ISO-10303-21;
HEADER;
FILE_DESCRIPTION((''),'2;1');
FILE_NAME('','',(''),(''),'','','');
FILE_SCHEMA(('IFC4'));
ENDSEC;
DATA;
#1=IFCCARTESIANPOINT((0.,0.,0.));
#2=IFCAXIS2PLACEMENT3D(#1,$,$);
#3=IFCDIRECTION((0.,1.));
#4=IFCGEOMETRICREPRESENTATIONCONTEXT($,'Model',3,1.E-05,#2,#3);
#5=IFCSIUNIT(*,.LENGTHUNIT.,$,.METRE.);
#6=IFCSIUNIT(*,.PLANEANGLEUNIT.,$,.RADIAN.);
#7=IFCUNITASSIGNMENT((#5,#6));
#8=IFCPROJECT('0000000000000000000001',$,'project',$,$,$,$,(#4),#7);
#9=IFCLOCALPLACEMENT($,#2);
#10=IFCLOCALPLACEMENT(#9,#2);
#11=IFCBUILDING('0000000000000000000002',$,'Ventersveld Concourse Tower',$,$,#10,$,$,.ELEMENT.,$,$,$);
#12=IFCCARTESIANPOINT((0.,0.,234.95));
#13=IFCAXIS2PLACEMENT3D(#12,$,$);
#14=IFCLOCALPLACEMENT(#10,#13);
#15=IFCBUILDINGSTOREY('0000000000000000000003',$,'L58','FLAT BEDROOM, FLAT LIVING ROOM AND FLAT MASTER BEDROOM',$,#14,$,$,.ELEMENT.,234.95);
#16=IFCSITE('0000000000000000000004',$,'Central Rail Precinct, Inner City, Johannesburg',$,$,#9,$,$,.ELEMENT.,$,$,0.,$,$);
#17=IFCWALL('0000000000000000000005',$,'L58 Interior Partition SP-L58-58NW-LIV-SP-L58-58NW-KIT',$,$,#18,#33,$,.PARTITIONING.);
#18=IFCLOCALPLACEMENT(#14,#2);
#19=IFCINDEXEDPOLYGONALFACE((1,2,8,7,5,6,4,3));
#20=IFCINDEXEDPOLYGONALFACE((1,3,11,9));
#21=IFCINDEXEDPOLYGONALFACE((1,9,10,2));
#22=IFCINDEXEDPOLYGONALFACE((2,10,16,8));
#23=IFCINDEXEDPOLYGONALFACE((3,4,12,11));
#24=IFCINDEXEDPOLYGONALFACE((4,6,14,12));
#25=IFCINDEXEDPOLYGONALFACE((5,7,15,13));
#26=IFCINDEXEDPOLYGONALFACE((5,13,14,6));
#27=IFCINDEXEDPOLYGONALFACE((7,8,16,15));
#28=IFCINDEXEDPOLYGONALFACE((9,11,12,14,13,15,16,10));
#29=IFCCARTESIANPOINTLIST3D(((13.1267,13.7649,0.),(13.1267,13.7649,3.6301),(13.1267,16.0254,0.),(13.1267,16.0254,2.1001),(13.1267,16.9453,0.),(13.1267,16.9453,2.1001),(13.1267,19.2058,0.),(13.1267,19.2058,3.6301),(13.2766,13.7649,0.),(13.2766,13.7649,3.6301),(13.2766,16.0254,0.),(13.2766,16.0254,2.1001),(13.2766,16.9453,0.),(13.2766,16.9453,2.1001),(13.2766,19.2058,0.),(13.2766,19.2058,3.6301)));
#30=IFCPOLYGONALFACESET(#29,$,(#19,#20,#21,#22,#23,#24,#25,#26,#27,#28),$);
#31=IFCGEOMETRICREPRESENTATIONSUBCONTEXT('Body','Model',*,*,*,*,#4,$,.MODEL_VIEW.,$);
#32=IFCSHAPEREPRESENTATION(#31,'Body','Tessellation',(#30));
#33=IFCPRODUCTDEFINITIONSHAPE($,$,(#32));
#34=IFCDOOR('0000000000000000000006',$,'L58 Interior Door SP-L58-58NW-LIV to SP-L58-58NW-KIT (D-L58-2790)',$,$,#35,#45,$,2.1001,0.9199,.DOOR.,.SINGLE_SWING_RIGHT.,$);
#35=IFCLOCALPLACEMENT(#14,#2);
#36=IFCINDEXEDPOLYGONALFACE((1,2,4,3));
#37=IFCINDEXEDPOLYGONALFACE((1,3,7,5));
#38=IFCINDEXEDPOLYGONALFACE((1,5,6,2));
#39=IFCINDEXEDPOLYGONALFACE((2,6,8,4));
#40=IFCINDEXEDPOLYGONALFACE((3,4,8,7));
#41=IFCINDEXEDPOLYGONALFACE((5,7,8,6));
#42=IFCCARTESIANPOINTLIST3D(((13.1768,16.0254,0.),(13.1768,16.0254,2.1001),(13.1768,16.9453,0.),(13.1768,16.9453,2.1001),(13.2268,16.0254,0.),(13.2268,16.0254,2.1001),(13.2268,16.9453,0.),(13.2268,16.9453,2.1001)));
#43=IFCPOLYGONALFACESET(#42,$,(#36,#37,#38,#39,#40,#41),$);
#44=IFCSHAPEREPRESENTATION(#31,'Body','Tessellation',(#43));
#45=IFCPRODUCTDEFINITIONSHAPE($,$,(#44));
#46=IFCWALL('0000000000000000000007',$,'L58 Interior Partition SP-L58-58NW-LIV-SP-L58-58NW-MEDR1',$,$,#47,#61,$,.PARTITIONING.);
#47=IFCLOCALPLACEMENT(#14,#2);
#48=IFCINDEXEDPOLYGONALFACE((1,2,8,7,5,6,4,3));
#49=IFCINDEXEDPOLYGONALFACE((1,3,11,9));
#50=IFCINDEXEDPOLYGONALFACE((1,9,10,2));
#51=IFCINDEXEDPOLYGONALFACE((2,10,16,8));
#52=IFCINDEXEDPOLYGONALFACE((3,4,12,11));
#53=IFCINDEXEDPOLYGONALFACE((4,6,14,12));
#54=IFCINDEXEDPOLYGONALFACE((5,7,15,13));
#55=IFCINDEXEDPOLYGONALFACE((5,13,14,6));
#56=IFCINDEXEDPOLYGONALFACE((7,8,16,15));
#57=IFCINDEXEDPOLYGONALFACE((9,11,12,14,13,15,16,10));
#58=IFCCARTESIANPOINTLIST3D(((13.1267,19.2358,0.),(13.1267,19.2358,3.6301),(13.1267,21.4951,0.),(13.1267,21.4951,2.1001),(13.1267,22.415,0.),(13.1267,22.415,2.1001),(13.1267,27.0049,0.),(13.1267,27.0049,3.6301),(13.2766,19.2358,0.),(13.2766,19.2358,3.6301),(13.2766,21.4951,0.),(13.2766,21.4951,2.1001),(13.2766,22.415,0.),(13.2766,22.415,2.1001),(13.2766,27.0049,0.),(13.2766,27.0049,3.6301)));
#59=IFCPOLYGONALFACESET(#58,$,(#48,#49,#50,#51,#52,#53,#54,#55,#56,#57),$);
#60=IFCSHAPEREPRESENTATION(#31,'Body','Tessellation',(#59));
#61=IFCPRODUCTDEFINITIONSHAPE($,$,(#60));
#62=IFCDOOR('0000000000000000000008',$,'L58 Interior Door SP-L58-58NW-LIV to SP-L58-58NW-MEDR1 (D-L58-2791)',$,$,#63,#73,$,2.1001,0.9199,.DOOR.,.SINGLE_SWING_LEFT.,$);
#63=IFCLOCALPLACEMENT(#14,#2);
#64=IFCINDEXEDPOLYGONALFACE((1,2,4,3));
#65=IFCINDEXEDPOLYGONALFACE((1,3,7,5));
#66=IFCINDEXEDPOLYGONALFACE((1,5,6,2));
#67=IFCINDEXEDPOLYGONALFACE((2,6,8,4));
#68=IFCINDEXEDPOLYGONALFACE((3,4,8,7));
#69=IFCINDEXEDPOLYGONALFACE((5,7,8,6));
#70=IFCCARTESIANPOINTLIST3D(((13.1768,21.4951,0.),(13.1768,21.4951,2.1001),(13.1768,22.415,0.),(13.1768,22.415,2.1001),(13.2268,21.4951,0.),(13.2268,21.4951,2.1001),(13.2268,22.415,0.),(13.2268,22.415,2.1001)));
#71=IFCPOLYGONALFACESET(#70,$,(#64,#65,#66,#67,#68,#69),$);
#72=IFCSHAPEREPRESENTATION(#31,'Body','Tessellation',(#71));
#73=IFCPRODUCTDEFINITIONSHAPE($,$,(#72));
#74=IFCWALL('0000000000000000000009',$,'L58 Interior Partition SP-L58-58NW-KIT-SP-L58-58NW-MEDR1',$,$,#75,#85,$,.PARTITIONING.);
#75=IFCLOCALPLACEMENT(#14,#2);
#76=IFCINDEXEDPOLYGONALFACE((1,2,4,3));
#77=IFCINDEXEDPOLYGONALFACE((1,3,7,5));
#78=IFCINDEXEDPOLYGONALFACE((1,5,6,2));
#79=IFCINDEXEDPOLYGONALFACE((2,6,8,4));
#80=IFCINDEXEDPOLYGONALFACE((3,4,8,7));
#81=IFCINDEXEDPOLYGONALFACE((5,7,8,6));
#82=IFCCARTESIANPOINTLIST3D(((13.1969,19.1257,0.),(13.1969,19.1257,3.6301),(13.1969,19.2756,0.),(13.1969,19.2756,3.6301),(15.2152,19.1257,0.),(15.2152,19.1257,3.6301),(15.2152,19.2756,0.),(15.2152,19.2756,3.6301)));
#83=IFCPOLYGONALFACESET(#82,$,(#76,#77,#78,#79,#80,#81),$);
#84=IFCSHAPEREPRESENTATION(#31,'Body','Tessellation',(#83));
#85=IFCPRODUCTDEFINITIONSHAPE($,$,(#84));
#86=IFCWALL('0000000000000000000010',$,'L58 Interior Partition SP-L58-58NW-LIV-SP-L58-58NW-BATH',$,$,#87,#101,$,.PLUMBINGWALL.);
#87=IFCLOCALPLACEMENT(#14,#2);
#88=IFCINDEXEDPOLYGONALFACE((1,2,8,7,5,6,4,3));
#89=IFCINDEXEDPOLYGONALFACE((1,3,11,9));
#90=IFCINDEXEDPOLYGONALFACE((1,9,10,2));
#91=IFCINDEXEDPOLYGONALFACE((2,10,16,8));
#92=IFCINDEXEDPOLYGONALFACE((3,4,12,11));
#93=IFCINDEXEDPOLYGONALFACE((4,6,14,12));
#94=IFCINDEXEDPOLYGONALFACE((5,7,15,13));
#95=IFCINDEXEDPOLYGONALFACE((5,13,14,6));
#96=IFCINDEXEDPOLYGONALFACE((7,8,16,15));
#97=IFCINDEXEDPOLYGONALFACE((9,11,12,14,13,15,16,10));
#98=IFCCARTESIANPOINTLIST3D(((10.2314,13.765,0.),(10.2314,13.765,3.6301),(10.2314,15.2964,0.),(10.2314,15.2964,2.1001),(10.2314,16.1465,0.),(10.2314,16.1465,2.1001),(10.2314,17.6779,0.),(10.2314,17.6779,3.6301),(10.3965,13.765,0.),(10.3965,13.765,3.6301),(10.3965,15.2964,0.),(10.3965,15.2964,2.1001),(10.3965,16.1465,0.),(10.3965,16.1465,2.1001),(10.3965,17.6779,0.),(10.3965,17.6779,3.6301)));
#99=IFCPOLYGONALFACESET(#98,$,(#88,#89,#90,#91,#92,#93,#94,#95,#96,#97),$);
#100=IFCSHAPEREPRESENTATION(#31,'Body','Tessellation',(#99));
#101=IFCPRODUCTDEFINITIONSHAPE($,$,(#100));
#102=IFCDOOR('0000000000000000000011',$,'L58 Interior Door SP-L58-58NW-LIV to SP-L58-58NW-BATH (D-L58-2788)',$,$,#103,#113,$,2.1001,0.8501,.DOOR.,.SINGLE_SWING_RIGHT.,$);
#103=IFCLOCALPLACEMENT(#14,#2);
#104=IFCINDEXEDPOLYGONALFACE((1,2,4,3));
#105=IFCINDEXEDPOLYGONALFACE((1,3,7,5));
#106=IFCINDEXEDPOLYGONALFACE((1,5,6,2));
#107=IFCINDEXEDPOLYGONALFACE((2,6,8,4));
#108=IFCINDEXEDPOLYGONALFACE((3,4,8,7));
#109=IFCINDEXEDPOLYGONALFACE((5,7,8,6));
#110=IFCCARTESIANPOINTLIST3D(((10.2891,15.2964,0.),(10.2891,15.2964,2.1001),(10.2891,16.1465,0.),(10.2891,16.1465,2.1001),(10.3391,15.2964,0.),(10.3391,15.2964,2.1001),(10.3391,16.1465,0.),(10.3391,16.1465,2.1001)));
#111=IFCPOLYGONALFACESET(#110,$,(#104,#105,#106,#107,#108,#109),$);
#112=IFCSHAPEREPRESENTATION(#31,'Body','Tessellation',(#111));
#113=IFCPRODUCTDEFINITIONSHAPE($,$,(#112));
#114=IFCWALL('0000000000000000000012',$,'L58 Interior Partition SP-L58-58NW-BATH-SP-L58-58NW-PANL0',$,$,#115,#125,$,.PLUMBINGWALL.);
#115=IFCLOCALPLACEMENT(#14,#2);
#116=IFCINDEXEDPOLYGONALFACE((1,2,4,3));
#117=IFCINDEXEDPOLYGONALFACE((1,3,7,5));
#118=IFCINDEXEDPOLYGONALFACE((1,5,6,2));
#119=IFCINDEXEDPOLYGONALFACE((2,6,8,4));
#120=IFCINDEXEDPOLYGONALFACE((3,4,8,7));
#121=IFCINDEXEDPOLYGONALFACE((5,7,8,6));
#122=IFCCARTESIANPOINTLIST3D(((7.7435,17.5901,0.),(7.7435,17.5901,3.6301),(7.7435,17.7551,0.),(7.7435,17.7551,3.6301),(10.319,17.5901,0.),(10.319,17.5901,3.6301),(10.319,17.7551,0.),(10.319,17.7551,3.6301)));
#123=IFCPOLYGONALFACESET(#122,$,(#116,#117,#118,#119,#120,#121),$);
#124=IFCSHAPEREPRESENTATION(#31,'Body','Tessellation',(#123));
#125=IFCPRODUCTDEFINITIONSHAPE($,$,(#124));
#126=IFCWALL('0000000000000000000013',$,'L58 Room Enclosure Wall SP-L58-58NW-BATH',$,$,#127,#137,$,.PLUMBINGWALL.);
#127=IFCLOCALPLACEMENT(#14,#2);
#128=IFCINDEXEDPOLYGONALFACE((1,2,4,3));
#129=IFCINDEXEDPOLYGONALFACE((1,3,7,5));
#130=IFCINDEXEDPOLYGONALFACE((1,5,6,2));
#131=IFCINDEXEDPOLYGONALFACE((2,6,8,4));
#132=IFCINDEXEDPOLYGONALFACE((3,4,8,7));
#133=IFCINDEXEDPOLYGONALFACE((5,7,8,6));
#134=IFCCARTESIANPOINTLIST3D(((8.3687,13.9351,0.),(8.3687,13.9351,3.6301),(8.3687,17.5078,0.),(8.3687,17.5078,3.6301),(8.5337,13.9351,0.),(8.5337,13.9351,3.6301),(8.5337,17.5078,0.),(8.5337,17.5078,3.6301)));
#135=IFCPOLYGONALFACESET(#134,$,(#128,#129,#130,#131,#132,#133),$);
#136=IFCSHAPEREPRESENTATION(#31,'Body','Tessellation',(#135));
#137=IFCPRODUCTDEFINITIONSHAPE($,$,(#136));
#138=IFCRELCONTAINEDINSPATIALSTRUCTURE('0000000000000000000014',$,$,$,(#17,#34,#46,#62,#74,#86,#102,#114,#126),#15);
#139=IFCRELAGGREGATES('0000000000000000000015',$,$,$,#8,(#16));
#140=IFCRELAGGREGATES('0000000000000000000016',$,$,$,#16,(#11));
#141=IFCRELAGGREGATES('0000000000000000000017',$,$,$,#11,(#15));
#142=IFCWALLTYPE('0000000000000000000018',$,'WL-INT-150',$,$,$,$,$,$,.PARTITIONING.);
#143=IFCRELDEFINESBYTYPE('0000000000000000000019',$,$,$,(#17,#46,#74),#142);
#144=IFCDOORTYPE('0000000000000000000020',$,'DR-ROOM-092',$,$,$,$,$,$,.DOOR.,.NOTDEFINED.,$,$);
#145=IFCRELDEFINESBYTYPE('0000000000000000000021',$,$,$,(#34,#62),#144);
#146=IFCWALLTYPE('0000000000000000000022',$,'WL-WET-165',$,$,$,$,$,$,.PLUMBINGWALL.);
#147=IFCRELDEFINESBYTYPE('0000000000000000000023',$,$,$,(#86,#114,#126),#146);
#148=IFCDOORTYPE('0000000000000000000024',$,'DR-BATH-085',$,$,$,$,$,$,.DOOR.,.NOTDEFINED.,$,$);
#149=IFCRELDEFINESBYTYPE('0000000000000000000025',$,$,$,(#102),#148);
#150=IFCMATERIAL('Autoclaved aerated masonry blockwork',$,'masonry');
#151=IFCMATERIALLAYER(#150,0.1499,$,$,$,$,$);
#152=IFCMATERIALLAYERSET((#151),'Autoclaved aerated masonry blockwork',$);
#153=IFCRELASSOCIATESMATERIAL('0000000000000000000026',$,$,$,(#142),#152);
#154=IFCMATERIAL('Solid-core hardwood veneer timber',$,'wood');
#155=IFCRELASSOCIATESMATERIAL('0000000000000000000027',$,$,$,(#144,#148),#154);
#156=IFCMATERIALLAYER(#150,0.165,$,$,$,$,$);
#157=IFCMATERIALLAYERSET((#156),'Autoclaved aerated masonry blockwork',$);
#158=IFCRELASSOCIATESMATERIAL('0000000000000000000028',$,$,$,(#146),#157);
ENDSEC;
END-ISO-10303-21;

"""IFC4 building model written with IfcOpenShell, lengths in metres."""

from ifc_helpers import new_model, si_unit, direction, frame, frame_2d, origin, place, context, subcontext, project, spatial, rectangle, extrude, material, layer, layer_set, type_object, element, fill, save


model = new_model("IFC4")

# Units and contexts
model_context = context("Model", 3, precision=1e-05, world=origin(), true_north=direction((0.0, 1.0)))
body_context = subcontext(model_context, "Body", "Model", "MODEL_VIEW")
ifc_project = project(units=[si_unit("LENGTHUNIT", "METRE"), si_unit("PLANEANGLEUNIT", "RADIAN")], contexts=[model_context])

# Site, building, storey
site_placement = place(None, origin())
site = spatial("IfcSite", under=ifc_project, at=site_placement, Name="Central Rail Precinct, Inner City, Johannesburg", CompositionType="ELEMENT", RefElevation=0.0)
building_placement = place(site_placement, origin())
building = spatial("IfcBuilding", under=site, at=building_placement, Name="Ventersveld Concourse Tower", CompositionType="ELEMENT")
storey_placement = place(building_placement, frame((0.0, 0.0, 234.95)))
storey = spatial("IfcBuildingStorey", under=building, at=storey_placement, Name="L58", Description="FLAT BEDROOM, FLAT LIVING ROOM AND FLAT MASTER BEDROOM", CompositionType="ELEMENT", Elevation=234.95)

# Shared definitions
ifc_material_1 = material(Name="Solid-core hardwood veneer timber", Category="wood")

# Walls, openings, doors
ifc_material_2 = material(Name="Autoclaved aerated masonry blockwork", Category="masonry")
ifc_layer_1 = layer(ifc_material_2, 0.1499)
ifc_layer_set_1 = layer_set([ifc_layer_1], Name="Autoclaved aerated masonry blockwork")
wall_type_1 = type_object("IfcWallType", Name="WL-INT-150", PredefinedType="PARTITIONING", material=ifc_layer_set_1)
door_type_1 = type_object("IfcDoorType", Name="DR-ROOM-092", OperationType="NOTDEFINED", PredefinedType="DOOR", material=ifc_material_1)
wall_1_placement = place(storey_placement, frame((13.2017, 13.7649, 0.0), z_axis=(0.0, 0.0, 1.0), x_axis=(0.0, 1.0, 0.0)))
wall_1 = element("IfcWall", 1, at=wall_1_placement, inside=storey, type_object=wall_type_1, Name="L58 Interior Partition SP-L58-58NW-LIV-SP-L58-58NW-KIT", PredefinedType="PARTITIONING", context=body_context, shape_type="SweptSolid", body=[
    extrude(rectangle(XDim=5.4409, YDim=0.1499, at=frame_2d((2.7205, 0.0))), origin(), (0.0, 0.0, 1.0), 3.6301),
])
opening_1_placement = place(wall_1_placement, frame((2.2605, 0.0, 0.0)))
opening_1 = element("IfcOpeningElement", 2, at=opening_1_placement, cuts=wall_1, PredefinedType="OPENING", context=body_context, shape_type="SweptSolid", body=[
    extrude(rectangle(XDim=0.9199, YDim=2.1001, at=frame_2d((0.46, 1.05))), frame((0.0, 0.085, 0.0), z_axis=(0.0, -1.0, 0.0), x_axis=(1.0, 0.0, 0.0)), (0.0, 0.0, 1.0), 0.1699),
])
door_1_placement = place(opening_1_placement, origin())
door_1 = element("IfcDoor", 3, at=door_1_placement, inside=storey, type_object=door_type_1, Name="L58 Interior Door SP-L58-58NW-LIV to SP-L58-58NW-KIT (D-L58-2790)", OperationType="SINGLE_SWING_RIGHT", OverallHeight=2.1001, OverallWidth=0.9199, PredefinedType="DOOR", context=body_context, shape_type="SweptSolid", body=[
    extrude(rectangle(XDim=0.9199, YDim=2.1001, at=frame_2d((0.46, 1.05))), frame((0.0, 0.0249, 0.0), z_axis=(0.0, -1.0, 0.0), x_axis=(1.0, 0.0, 0.0)), (0.0, 0.0, 1.0), 0.05),
])
fill(opening_1, door_1)
wall_2_placement = place(storey_placement, frame((13.2017, 19.2358, 0.0), z_axis=(0.0, 0.0, 1.0), x_axis=(0.0, 1.0, 0.0)))
wall_2 = element("IfcWall", 4, at=wall_2_placement, inside=storey, type_object=wall_type_1, Name="L58 Interior Partition SP-L58-58NW-LIV-SP-L58-58NW-MEDR1", PredefinedType="PARTITIONING", context=body_context, shape_type="SweptSolid", body=[
    extrude(rectangle(XDim=7.769, YDim=0.1499, at=frame_2d((3.8845, 0.0))), origin(), (0.0, 0.0, 1.0), 3.6301),
])
opening_2_placement = place(wall_2_placement, frame((2.2593, 0.0, 0.0)))
opening_2 = element("IfcOpeningElement", 5, at=opening_2_placement, cuts=wall_2, PredefinedType="OPENING", context=body_context, shape_type="SweptSolid", body=[
    extrude(rectangle(XDim=0.9199, YDim=2.1001, at=frame_2d((0.46, 1.05))), frame((0.0, 0.085, 0.0), z_axis=(0.0, -1.0, 0.0), x_axis=(1.0, 0.0, 0.0)), (0.0, 0.0, 1.0), 0.1699),
])
door_2_placement = place(opening_2_placement, origin())
door_2 = element("IfcDoor", 6, at=door_2_placement, inside=storey, type_object=door_type_1, Name="L58 Interior Door SP-L58-58NW-LIV to SP-L58-58NW-MEDR1 (D-L58-2791)", OperationType="SINGLE_SWING_LEFT", OverallHeight=2.1001, OverallWidth=0.9199, PredefinedType="DOOR", context=body_context, shape_type="SweptSolid", body=[
    extrude(rectangle(XDim=0.9199, YDim=2.1001, at=frame_2d((0.46, 1.05))), frame((0.0, 0.0249, 0.0), z_axis=(0.0, -1.0, 0.0), x_axis=(1.0, 0.0, 0.0)), (0.0, 0.0, 1.0), 0.05),
])
fill(opening_2, door_2)

# Wall
wall_3_placement = place(storey_placement, frame((13.1968, 19.2007, 0.0), z_axis=(0.0, 0.0, 1.0), x_axis=(1.0, 0.0, 0.0)))
element("IfcWall", 7, at=wall_3_placement, inside=storey, type_object=wall_type_1, Name="L58 Interior Partition SP-L58-58NW-KIT-SP-L58-58NW-MEDR1", PredefinedType="PARTITIONING", context=body_context, shape_type="SweptSolid", body=[
    extrude(rectangle(XDim=2.0183, YDim=0.1499, at=frame_2d((1.0093, 0.0))), origin(), (0.0, 0.0, 1.0), 3.6301),
])

# Wall, opening, door
ifc_layer_2 = layer(ifc_material_2, 0.165)
ifc_layer_set_2 = layer_set([ifc_layer_2], Name="Autoclaved aerated masonry blockwork")
wall_type_2 = type_object("IfcWallType", Name="WL-WET-165", PredefinedType="PLUMBINGWALL", material=ifc_layer_set_2)
wall_4_placement = place(storey_placement, frame((10.314, 13.7649, 0.0), z_axis=(0.0, 0.0, 1.0), x_axis=(0.0, 1.0, 0.0)))
wall_4 = element("IfcWall", 8, at=wall_4_placement, inside=storey, type_object=wall_type_2, Name="L58 Interior Partition SP-L58-58NW-LIV-SP-L58-58NW-BATH", PredefinedType="PLUMBINGWALL", context=body_context, shape_type="SweptSolid", body=[
    extrude(rectangle(XDim=3.9128, YDim=0.165, at=frame_2d((1.9565, 0.0))), origin(), (0.0, 0.0, 1.0), 3.6301),
])
opening_3_placement = place(wall_4_placement, frame((1.5315, 0.0, 0.0)))
opening_3 = element("IfcOpeningElement", 9, at=opening_3_placement, cuts=wall_4, PredefinedType="OPENING", context=body_context, shape_type="SweptSolid", body=[
    extrude(rectangle(XDim=0.8501, YDim=2.1001, at=frame_2d((0.425, 1.05))), frame((0.0, 0.0925, 0.0), z_axis=(0.0, -1.0, 0.0), x_axis=(1.0, 0.0, 0.0)), (0.0, 0.0, 1.0), 0.1851),
])
door_type_2 = type_object("IfcDoorType", Name="DR-BATH-085", OperationType="NOTDEFINED", PredefinedType="DOOR", material=ifc_material_1)
door_3_placement = place(opening_3_placement, origin())
door_3 = element("IfcDoor", 10, at=door_3_placement, inside=storey, type_object=door_type_2, Name="L58 Interior Door SP-L58-58NW-LIV to SP-L58-58NW-BATH (D-L58-2788)", OperationType="SINGLE_SWING_RIGHT", OverallHeight=2.1001, OverallWidth=0.8501, PredefinedType="DOOR", context=body_context, shape_type="SweptSolid", body=[
    extrude(rectangle(XDim=0.8501, YDim=2.1001, at=frame_2d((0.425, 1.05))), frame((0.0, 0.0249, 0.0), z_axis=(0.0, -1.0, 0.0), x_axis=(1.0, 0.0, 0.0)), (0.0, 0.0, 1.0), 0.05),
])
fill(opening_3, door_3)

# Walls
wall_5_placement = place(storey_placement, frame((7.7437, 17.6726, 0.0), z_axis=(0.0, 0.0, 1.0), x_axis=(1.0, 0.0, 0.0)))
element("IfcWall", 11, at=wall_5_placement, inside=storey, type_object=wall_type_2, Name="L58 Interior Partition SP-L58-58NW-BATH-SP-L58-58NW-PANL0", PredefinedType="PLUMBINGWALL", context=body_context, shape_type="SweptSolid", body=[
    extrude(rectangle(XDim=2.5754, YDim=0.165, at=frame_2d((1.2876, 0.0))), origin(), (0.0, 0.0, 1.0), 3.6301),
])
wall_6_placement = place(storey_placement, frame((8.4512, 13.9351, 0.0), z_axis=(0.0, 0.0, 1.0), x_axis=(0.0, 1.0, 0.0)))
element("IfcWall", 12, at=wall_6_placement, inside=storey, type_object=wall_type_2, Name="L58 Room Enclosure Wall SP-L58-58NW-BATH", PredefinedType="PLUMBINGWALL", context=body_context, shape_type="SweptSolid", body=[
    extrude(rectangle(XDim=3.5728, YDim=0.165, at=frame_2d((1.7864, 0.0))), origin(), (0.0, 0.0, 1.0), 3.6301),
])

save(model, "model.ifc")
